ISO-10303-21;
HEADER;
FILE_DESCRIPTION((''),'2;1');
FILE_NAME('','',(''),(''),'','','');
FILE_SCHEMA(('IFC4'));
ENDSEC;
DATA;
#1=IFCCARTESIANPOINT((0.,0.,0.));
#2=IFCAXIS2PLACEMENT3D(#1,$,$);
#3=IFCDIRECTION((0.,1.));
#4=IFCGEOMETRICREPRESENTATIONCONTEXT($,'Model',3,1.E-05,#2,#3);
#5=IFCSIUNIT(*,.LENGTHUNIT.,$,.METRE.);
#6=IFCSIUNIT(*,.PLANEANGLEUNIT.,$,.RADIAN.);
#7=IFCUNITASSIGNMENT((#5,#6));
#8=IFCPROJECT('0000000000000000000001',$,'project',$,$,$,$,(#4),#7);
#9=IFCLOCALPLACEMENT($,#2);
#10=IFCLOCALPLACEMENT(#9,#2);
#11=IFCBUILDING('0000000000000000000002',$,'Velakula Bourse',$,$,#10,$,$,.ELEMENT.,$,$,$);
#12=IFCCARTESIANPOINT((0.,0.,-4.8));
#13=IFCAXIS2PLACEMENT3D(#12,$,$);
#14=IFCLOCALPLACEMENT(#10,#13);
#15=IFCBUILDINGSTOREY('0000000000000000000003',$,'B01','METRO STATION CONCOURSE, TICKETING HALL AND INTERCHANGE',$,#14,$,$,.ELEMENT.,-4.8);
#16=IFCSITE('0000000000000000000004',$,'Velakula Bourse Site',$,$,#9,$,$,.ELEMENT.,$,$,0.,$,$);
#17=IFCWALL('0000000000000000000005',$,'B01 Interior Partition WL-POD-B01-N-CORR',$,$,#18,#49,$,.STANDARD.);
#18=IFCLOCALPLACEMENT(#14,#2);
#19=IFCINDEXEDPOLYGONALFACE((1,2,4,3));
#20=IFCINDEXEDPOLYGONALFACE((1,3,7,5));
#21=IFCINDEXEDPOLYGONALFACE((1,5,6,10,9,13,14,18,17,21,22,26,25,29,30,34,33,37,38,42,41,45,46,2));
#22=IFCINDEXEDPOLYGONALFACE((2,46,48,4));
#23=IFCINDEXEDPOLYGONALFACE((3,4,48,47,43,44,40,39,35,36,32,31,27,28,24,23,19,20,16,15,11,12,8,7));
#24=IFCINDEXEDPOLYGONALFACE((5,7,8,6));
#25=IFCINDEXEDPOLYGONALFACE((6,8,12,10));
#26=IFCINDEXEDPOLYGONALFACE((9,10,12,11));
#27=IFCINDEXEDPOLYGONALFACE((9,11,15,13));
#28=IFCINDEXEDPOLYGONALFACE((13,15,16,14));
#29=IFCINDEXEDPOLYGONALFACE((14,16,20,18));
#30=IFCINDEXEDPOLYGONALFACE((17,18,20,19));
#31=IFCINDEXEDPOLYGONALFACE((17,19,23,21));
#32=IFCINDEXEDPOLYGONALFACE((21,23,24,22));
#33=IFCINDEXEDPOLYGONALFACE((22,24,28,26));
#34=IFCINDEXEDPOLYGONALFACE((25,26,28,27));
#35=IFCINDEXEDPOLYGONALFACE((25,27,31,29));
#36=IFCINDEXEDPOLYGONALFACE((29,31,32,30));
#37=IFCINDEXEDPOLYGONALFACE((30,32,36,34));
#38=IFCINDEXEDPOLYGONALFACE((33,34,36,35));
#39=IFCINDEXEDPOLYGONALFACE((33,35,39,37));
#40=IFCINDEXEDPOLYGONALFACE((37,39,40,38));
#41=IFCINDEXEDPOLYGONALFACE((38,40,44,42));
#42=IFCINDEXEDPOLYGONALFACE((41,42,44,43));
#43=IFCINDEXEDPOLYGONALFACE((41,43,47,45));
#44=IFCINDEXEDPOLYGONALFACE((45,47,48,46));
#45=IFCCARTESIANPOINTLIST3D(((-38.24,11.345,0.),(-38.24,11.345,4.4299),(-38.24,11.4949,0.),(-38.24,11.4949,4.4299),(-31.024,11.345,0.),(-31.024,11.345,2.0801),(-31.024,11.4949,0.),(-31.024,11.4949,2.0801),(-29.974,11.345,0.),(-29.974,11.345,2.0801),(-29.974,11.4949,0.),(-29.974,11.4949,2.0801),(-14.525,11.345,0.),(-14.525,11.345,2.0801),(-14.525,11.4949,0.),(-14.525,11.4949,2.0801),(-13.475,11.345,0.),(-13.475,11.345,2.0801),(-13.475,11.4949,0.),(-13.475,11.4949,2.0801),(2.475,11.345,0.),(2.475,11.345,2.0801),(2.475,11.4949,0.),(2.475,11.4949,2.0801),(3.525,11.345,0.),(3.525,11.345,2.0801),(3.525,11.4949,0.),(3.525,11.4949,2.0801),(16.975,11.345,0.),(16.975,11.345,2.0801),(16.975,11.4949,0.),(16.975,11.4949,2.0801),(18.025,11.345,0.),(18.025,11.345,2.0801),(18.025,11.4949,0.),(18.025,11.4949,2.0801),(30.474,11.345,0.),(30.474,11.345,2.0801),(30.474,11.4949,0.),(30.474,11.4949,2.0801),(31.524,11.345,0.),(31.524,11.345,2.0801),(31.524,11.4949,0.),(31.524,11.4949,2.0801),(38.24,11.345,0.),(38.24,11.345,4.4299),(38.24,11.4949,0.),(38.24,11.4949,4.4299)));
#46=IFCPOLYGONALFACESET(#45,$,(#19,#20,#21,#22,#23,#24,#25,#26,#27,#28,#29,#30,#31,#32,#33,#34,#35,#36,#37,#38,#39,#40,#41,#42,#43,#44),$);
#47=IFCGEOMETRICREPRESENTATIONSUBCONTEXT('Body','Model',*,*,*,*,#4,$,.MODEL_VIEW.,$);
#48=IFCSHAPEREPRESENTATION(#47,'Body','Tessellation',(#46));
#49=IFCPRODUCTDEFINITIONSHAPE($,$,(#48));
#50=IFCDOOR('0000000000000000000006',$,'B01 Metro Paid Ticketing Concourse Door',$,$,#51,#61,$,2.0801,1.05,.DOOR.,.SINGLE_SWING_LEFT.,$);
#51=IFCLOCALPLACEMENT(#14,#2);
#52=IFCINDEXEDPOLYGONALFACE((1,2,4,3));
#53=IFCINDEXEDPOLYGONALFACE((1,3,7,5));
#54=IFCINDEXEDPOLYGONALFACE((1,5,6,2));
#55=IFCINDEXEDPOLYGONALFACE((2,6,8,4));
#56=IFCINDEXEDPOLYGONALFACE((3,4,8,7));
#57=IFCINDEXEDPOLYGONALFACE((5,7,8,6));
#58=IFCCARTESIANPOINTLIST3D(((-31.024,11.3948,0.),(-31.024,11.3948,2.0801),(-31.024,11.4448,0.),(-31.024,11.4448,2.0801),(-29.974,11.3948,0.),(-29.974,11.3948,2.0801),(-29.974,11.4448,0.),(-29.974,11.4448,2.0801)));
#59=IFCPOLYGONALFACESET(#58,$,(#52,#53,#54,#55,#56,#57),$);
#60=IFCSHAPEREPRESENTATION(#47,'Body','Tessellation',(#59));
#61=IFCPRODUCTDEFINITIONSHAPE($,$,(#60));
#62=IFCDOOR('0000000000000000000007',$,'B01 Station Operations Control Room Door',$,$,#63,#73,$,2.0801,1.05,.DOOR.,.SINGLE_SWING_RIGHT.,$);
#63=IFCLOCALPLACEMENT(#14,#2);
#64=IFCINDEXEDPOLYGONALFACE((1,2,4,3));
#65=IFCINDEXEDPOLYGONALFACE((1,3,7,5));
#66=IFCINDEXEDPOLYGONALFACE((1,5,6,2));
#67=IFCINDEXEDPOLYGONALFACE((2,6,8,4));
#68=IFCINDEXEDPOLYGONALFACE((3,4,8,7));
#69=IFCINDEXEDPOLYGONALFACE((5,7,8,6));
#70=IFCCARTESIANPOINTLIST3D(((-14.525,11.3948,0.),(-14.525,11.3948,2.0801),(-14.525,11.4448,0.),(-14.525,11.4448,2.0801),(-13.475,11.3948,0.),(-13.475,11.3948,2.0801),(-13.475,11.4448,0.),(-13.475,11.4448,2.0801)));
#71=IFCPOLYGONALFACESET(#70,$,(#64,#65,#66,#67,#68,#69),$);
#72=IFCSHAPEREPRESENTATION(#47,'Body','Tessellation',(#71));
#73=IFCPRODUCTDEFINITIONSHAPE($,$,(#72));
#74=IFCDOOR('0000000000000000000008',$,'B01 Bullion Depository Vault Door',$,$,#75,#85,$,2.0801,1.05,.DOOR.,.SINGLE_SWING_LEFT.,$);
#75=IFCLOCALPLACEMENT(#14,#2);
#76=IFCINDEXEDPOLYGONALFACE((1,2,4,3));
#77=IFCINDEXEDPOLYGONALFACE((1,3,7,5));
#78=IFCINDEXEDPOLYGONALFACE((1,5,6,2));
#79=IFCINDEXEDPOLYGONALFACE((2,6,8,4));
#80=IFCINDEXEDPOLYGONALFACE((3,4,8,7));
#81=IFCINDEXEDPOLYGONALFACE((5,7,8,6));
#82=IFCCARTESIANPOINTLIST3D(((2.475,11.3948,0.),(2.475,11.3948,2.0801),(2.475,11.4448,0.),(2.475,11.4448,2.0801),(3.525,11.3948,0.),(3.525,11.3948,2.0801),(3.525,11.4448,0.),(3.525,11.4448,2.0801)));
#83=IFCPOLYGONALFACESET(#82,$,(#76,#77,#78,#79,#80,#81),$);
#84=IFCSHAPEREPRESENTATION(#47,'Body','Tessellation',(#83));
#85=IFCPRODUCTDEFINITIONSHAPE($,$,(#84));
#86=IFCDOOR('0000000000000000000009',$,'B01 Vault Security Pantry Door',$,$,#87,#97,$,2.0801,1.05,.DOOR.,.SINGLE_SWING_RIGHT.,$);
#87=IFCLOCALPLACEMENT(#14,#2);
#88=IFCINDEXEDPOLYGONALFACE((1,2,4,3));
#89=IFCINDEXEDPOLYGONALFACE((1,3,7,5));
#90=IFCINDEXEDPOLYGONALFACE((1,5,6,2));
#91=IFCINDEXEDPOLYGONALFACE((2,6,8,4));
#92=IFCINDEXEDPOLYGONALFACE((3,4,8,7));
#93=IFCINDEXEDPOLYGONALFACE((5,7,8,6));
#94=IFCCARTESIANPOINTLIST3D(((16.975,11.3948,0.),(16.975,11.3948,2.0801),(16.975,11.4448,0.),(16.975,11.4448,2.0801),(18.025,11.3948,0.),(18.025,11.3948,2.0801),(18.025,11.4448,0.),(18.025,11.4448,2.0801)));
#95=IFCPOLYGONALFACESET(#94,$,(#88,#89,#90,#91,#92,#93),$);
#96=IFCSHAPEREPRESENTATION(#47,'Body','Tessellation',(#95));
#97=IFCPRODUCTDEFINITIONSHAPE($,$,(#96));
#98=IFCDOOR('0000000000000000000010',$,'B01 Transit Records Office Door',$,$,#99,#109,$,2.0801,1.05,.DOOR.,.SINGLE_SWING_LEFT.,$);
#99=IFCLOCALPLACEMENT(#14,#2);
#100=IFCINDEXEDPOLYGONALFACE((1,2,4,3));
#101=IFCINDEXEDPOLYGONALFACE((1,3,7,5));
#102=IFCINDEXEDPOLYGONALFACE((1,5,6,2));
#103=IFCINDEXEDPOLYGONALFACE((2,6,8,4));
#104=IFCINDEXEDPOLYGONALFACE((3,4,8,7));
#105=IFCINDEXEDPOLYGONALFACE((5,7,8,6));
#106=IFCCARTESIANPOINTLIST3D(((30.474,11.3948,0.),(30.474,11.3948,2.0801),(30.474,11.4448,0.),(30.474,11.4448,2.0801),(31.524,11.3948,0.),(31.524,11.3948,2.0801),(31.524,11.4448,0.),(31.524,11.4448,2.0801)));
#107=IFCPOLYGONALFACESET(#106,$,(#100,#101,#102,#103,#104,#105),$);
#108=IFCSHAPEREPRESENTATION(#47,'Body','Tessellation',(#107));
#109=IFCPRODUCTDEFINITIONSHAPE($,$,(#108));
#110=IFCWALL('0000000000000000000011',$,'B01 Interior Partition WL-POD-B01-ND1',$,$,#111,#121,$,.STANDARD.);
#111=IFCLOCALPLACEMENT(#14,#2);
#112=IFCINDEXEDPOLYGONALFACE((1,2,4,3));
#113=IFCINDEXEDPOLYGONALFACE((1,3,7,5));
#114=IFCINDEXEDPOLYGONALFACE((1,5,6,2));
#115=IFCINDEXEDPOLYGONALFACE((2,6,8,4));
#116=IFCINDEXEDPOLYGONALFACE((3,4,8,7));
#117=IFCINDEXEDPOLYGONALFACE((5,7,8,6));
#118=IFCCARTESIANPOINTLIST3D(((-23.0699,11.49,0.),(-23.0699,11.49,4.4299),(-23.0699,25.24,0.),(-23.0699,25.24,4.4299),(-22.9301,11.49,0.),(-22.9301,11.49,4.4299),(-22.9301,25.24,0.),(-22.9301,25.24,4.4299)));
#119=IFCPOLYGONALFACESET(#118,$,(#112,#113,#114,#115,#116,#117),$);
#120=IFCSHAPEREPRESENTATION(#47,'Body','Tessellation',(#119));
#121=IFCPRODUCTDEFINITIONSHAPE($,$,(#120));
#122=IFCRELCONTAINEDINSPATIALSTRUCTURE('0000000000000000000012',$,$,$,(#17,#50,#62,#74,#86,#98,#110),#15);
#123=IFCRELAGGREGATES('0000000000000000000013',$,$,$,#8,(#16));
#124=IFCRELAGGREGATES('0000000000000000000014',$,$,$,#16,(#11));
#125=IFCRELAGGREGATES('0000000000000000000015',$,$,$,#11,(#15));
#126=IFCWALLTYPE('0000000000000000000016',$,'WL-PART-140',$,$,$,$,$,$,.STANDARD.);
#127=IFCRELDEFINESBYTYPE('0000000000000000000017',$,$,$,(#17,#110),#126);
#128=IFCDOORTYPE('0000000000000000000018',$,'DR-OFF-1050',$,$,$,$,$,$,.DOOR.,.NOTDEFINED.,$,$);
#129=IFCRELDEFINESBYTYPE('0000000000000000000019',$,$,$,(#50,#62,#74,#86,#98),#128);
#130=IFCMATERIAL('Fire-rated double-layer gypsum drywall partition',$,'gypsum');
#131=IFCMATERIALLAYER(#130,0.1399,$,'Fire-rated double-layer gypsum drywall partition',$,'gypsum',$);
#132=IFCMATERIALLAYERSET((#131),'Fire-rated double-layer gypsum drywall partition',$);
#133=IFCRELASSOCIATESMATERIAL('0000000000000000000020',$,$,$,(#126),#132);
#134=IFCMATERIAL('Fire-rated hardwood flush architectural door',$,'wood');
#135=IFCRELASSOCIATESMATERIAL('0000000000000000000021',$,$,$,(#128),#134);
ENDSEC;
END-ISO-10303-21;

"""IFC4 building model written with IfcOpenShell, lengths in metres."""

from ifc_helpers import new_model, si_unit, direction, frame, frame_2d, origin, place, context, subcontext, project, spatial, rectangle, extrude, material, layer, layer_set, type_object, element, fill, save


model = new_model("IFC4")

# Units and contexts
model_context = context("Model", 3, precision=1e-05, world=origin(), true_north=direction((0.0, 1.0)))
body_context = subcontext(model_context, "Body", "Model", "MODEL_VIEW")
ifc_project = project(units=[si_unit("LENGTHUNIT", "METRE"), si_unit("PLANEANGLEUNIT", "RADIAN")], contexts=[model_context])

# Site, building, storey
site_placement = place(None, origin())
site = spatial("IfcSite", under=ifc_project, at=site_placement, Name="Velakula Bourse Site", CompositionType="ELEMENT", RefElevation=0.0)
building_placement = place(site_placement, origin())
building = spatial("IfcBuilding", under=site, at=building_placement, Name="Velakula Bourse", CompositionType="ELEMENT")
storey_placement = place(building_placement, frame((0.0, 0.0, -4.8)))
storey = spatial("IfcBuildingStorey", under=building, at=storey_placement, Name="B01", Description="METRO STATION CONCOURSE, TICKETING HALL AND INTERCHANGE", CompositionType="ELEMENT", Elevation=-4.8)

# Wall, openings, doors
ifc_material_1 = material(Name="Fire-rated double-layer gypsum drywall partition", Category="gypsum")
ifc_layer = layer(ifc_material_1, 0.1399, Name="Fire-rated double-layer gypsum drywall partition", Category="gypsum")
ifc_layer_set = layer_set([ifc_layer], Name="Fire-rated double-layer gypsum drywall partition")
wall_type = type_object("IfcWallType", Name="WL-PART-140", PredefinedType="STANDARD", material=ifc_layer_set)
wall_1_placement = place(storey_placement, frame((-38.24, 11.4199, 0.0), z_axis=(0.0, 0.0, 1.0), x_axis=(1.0, 0.0, 0.0)))
wall_1 = element("IfcWall", 1, at=wall_1_placement, inside=storey, type_object=wall_type, Name="B01 Interior Partition WL-POD-B01-N-CORR", PredefinedType="STANDARD", context=body_context, shape_type="SweptSolid", body=[
    extrude(rectangle(XDim=76.48, YDim=0.1499, at=frame_2d((38.24, 0.0))), origin(), (0.0, 0.0, 1.0), 4.4299),
])
opening_1_placement = place(wall_1_placement, frame((7.2161, 0.0, 0.0)))
opening_1 = element("IfcOpeningElement", 2, at=opening_1_placement, cuts=wall_1, PredefinedType="OPENING", context=body_context, shape_type="SweptSolid", body=[
    extrude(rectangle(XDim=1.05, YDim=2.0801, at=frame_2d((0.5249, 1.04))), frame((0.0, 0.085, 0.0), z_axis=(0.0, -1.0, 0.0), x_axis=(1.0, 0.0, 0.0)), (0.0, 0.0, 1.0), 0.1699),
])
opening_2_placement = place(wall_1_placement, frame((23.7151, 0.0, 0.0)))
opening_2 = element("IfcOpeningElement", 3, at=opening_2_placement, cuts=wall_1, PredefinedType="OPENING", context=body_context, shape_type="SweptSolid", body=[
    extrude(rectangle(XDim=1.05, YDim=2.0801, at=frame_2d((0.5249, 1.04))), frame((0.0, 0.085, 0.0), z_axis=(0.0, -1.0, 0.0), x_axis=(1.0, 0.0, 0.0)), (0.0, 0.0, 1.0), 0.1699),
])
opening_3_placement = place(wall_1_placement, frame((40.7151, 0.0, 0.0)))
opening_3 = element("IfcOpeningElement", 4, at=opening_3_placement, cuts=wall_1, PredefinedType="OPENING", context=body_context, shape_type="SweptSolid", body=[
    extrude(rectangle(XDim=1.05, YDim=2.0801, at=frame_2d((0.5249, 1.04))), frame((0.0, 0.085, 0.0), z_axis=(0.0, -1.0, 0.0), x_axis=(1.0, 0.0, 0.0)), (0.0, 0.0, 1.0), 0.1699),
])
opening_4_placement = place(wall_1_placement, frame((55.2151, 0.0, 0.0)))
opening_4 = element("IfcOpeningElement", 5, at=opening_4_placement, cuts=wall_1, PredefinedType="OPENING", context=body_context, shape_type="SweptSolid", body=[
    extrude(rectangle(XDim=1.05, YDim=2.0801, at=frame_2d((0.5249, 1.04))), frame((0.0, 0.085, 0.0), z_axis=(0.0, -1.0, 0.0), x_axis=(1.0, 0.0, 0.0)), (0.0, 0.0, 1.0), 0.1699),
])
opening_5_placement = place(wall_1_placement, frame((68.7141, 0.0, 0.0)))
opening_5 = element("IfcOpeningElement", 6, at=opening_5_placement, cuts=wall_1, PredefinedType="OPENING", context=body_context, shape_type="SweptSolid", body=[
    extrude(rectangle(XDim=1.05, YDim=2.0801, at=frame_2d((0.5249, 1.04))), frame((0.0, 0.085, 0.0), z_axis=(0.0, -1.0, 0.0), x_axis=(1.0, 0.0, 0.0)), (0.0, 0.0, 1.0), 0.1699),
])
ifc_material_2 = material(Name="Fire-rated hardwood flush architectural door", Category="wood")
door_type = type_object("IfcDoorType", Name="DR-OFF-1050", OperationType="NOTDEFINED", PredefinedType="DOOR", material=ifc_material_2)
door_1_placement = place(opening_1_placement, origin())
door_1 = element("IfcDoor", 7, at=door_1_placement, inside=storey, type_object=door_type, Name="B01 Metro Paid Ticketing Concourse Door", OperationType="SINGLE_SWING_LEFT", OverallHeight=2.0801, OverallWidth=1.05, PredefinedType="DOOR", context=body_context, shape_type="SweptSolid", body=[
    extrude(rectangle(XDim=1.05, YDim=2.0801, at=frame_2d((0.5249, 1.04))), frame((0.0, 0.0249, 0.0), z_axis=(0.0, -1.0, 0.0), x_axis=(1.0, 0.0, 0.0)), (0.0, 0.0, 1.0), 0.05),
])
fill(opening_1, door_1)
door_2_placement = place(opening_2_placement, origin())
door_2 = element("IfcDoor", 8, at=door_2_placement, inside=storey, type_object=door_type, Name="B01 Station Operations Control Room Door", OperationType="SINGLE_SWING_RIGHT", OverallHeight=2.0801, OverallWidth=1.05, PredefinedType="DOOR", context=body_context, shape_type="SweptSolid", body=[
    extrude(rectangle(XDim=1.05, YDim=2.0801, at=frame_2d((0.5249, 1.04))), frame((0.0, 0.0249, 0.0), z_axis=(0.0, -1.0, 0.0), x_axis=(1.0, 0.0, 0.0)), (0.0, 0.0, 1.0), 0.05),
])
fill(opening_2, door_2)
door_3_placement = place(opening_3_placement, origin())
door_3 = element("IfcDoor", 9, at=door_3_placement, inside=storey, type_object=door_type, Name="B01 Bullion Depository Vault Door", OperationType="SINGLE_SWING_LEFT", OverallHeight=2.0801, OverallWidth=1.05, PredefinedType="DOOR", context=body_context, shape_type="SweptSolid", body=[
    extrude(rectangle(XDim=1.05, YDim=2.0801, at=frame_2d((0.5249, 1.04))), frame((0.0, 0.0249, 0.0), z_axis=(0.0, -1.0, 0.0), x_axis=(1.0, 0.0, 0.0)), (0.0, 0.0, 1.0), 0.05),
])
fill(opening_3, door_3)
door_4_placement = place(opening_4_placement, origin())
door_4 = element("IfcDoor", 10, at=door_4_placement, inside=storey, type_object=door_type, Name="B01 Vault Security Pantry Door", OperationType="SINGLE_SWING_RIGHT", OverallHeight=2.0801, OverallWidth=1.05, PredefinedType="DOOR", context=body_context, shape_type="SweptSolid", body=[
    extrude(rectangle(XDim=1.05, YDim=2.0801, at=frame_2d((0.5249, 1.04))), frame((0.0, 0.0249, 0.0), z_axis=(0.0, -1.0, 0.0), x_axis=(1.0, 0.0, 0.0)), (0.0, 0.0, 1.0), 0.05),
])
fill(opening_4, door_4)
door_5_placement = place(opening_5_placement, origin())
door_5 = element("IfcDoor", 11, at=door_5_placement, inside=storey, type_object=door_type, Name="B01 Transit Records Office Door", OperationType="SINGLE_SWING_LEFT", OverallHeight=2.0801, OverallWidth=1.05, PredefinedType="DOOR", context=body_context, shape_type="SweptSolid", body=[
    extrude(rectangle(XDim=1.05, YDim=2.0801, at=frame_2d((0.5249, 1.04))), frame((0.0, 0.0249, 0.0), z_axis=(0.0, -1.0, 0.0), x_axis=(1.0, 0.0, 0.0)), (0.0, 0.0, 1.0), 0.05),
])
fill(opening_5, door_5)

# Wall
wall_2_placement = place(storey_placement, frame((-23.0, 11.49, 0.0), z_axis=(0.0, 0.0, 1.0), x_axis=(0.0, 1.0, 0.0)))
element("IfcWall", 12, at=wall_2_placement, inside=storey, type_object=wall_type, Name="B01 Interior Partition WL-POD-B01-ND1", PredefinedType="STANDARD", context=body_context, shape_type="SweptSolid", body=[
    extrude(rectangle(XDim=13.75, YDim=0.1399, at=frame_2d((6.875, 0.0))), origin(), (0.0, 0.0, 1.0), 4.4299),
])

save(model, "model.ifc")
